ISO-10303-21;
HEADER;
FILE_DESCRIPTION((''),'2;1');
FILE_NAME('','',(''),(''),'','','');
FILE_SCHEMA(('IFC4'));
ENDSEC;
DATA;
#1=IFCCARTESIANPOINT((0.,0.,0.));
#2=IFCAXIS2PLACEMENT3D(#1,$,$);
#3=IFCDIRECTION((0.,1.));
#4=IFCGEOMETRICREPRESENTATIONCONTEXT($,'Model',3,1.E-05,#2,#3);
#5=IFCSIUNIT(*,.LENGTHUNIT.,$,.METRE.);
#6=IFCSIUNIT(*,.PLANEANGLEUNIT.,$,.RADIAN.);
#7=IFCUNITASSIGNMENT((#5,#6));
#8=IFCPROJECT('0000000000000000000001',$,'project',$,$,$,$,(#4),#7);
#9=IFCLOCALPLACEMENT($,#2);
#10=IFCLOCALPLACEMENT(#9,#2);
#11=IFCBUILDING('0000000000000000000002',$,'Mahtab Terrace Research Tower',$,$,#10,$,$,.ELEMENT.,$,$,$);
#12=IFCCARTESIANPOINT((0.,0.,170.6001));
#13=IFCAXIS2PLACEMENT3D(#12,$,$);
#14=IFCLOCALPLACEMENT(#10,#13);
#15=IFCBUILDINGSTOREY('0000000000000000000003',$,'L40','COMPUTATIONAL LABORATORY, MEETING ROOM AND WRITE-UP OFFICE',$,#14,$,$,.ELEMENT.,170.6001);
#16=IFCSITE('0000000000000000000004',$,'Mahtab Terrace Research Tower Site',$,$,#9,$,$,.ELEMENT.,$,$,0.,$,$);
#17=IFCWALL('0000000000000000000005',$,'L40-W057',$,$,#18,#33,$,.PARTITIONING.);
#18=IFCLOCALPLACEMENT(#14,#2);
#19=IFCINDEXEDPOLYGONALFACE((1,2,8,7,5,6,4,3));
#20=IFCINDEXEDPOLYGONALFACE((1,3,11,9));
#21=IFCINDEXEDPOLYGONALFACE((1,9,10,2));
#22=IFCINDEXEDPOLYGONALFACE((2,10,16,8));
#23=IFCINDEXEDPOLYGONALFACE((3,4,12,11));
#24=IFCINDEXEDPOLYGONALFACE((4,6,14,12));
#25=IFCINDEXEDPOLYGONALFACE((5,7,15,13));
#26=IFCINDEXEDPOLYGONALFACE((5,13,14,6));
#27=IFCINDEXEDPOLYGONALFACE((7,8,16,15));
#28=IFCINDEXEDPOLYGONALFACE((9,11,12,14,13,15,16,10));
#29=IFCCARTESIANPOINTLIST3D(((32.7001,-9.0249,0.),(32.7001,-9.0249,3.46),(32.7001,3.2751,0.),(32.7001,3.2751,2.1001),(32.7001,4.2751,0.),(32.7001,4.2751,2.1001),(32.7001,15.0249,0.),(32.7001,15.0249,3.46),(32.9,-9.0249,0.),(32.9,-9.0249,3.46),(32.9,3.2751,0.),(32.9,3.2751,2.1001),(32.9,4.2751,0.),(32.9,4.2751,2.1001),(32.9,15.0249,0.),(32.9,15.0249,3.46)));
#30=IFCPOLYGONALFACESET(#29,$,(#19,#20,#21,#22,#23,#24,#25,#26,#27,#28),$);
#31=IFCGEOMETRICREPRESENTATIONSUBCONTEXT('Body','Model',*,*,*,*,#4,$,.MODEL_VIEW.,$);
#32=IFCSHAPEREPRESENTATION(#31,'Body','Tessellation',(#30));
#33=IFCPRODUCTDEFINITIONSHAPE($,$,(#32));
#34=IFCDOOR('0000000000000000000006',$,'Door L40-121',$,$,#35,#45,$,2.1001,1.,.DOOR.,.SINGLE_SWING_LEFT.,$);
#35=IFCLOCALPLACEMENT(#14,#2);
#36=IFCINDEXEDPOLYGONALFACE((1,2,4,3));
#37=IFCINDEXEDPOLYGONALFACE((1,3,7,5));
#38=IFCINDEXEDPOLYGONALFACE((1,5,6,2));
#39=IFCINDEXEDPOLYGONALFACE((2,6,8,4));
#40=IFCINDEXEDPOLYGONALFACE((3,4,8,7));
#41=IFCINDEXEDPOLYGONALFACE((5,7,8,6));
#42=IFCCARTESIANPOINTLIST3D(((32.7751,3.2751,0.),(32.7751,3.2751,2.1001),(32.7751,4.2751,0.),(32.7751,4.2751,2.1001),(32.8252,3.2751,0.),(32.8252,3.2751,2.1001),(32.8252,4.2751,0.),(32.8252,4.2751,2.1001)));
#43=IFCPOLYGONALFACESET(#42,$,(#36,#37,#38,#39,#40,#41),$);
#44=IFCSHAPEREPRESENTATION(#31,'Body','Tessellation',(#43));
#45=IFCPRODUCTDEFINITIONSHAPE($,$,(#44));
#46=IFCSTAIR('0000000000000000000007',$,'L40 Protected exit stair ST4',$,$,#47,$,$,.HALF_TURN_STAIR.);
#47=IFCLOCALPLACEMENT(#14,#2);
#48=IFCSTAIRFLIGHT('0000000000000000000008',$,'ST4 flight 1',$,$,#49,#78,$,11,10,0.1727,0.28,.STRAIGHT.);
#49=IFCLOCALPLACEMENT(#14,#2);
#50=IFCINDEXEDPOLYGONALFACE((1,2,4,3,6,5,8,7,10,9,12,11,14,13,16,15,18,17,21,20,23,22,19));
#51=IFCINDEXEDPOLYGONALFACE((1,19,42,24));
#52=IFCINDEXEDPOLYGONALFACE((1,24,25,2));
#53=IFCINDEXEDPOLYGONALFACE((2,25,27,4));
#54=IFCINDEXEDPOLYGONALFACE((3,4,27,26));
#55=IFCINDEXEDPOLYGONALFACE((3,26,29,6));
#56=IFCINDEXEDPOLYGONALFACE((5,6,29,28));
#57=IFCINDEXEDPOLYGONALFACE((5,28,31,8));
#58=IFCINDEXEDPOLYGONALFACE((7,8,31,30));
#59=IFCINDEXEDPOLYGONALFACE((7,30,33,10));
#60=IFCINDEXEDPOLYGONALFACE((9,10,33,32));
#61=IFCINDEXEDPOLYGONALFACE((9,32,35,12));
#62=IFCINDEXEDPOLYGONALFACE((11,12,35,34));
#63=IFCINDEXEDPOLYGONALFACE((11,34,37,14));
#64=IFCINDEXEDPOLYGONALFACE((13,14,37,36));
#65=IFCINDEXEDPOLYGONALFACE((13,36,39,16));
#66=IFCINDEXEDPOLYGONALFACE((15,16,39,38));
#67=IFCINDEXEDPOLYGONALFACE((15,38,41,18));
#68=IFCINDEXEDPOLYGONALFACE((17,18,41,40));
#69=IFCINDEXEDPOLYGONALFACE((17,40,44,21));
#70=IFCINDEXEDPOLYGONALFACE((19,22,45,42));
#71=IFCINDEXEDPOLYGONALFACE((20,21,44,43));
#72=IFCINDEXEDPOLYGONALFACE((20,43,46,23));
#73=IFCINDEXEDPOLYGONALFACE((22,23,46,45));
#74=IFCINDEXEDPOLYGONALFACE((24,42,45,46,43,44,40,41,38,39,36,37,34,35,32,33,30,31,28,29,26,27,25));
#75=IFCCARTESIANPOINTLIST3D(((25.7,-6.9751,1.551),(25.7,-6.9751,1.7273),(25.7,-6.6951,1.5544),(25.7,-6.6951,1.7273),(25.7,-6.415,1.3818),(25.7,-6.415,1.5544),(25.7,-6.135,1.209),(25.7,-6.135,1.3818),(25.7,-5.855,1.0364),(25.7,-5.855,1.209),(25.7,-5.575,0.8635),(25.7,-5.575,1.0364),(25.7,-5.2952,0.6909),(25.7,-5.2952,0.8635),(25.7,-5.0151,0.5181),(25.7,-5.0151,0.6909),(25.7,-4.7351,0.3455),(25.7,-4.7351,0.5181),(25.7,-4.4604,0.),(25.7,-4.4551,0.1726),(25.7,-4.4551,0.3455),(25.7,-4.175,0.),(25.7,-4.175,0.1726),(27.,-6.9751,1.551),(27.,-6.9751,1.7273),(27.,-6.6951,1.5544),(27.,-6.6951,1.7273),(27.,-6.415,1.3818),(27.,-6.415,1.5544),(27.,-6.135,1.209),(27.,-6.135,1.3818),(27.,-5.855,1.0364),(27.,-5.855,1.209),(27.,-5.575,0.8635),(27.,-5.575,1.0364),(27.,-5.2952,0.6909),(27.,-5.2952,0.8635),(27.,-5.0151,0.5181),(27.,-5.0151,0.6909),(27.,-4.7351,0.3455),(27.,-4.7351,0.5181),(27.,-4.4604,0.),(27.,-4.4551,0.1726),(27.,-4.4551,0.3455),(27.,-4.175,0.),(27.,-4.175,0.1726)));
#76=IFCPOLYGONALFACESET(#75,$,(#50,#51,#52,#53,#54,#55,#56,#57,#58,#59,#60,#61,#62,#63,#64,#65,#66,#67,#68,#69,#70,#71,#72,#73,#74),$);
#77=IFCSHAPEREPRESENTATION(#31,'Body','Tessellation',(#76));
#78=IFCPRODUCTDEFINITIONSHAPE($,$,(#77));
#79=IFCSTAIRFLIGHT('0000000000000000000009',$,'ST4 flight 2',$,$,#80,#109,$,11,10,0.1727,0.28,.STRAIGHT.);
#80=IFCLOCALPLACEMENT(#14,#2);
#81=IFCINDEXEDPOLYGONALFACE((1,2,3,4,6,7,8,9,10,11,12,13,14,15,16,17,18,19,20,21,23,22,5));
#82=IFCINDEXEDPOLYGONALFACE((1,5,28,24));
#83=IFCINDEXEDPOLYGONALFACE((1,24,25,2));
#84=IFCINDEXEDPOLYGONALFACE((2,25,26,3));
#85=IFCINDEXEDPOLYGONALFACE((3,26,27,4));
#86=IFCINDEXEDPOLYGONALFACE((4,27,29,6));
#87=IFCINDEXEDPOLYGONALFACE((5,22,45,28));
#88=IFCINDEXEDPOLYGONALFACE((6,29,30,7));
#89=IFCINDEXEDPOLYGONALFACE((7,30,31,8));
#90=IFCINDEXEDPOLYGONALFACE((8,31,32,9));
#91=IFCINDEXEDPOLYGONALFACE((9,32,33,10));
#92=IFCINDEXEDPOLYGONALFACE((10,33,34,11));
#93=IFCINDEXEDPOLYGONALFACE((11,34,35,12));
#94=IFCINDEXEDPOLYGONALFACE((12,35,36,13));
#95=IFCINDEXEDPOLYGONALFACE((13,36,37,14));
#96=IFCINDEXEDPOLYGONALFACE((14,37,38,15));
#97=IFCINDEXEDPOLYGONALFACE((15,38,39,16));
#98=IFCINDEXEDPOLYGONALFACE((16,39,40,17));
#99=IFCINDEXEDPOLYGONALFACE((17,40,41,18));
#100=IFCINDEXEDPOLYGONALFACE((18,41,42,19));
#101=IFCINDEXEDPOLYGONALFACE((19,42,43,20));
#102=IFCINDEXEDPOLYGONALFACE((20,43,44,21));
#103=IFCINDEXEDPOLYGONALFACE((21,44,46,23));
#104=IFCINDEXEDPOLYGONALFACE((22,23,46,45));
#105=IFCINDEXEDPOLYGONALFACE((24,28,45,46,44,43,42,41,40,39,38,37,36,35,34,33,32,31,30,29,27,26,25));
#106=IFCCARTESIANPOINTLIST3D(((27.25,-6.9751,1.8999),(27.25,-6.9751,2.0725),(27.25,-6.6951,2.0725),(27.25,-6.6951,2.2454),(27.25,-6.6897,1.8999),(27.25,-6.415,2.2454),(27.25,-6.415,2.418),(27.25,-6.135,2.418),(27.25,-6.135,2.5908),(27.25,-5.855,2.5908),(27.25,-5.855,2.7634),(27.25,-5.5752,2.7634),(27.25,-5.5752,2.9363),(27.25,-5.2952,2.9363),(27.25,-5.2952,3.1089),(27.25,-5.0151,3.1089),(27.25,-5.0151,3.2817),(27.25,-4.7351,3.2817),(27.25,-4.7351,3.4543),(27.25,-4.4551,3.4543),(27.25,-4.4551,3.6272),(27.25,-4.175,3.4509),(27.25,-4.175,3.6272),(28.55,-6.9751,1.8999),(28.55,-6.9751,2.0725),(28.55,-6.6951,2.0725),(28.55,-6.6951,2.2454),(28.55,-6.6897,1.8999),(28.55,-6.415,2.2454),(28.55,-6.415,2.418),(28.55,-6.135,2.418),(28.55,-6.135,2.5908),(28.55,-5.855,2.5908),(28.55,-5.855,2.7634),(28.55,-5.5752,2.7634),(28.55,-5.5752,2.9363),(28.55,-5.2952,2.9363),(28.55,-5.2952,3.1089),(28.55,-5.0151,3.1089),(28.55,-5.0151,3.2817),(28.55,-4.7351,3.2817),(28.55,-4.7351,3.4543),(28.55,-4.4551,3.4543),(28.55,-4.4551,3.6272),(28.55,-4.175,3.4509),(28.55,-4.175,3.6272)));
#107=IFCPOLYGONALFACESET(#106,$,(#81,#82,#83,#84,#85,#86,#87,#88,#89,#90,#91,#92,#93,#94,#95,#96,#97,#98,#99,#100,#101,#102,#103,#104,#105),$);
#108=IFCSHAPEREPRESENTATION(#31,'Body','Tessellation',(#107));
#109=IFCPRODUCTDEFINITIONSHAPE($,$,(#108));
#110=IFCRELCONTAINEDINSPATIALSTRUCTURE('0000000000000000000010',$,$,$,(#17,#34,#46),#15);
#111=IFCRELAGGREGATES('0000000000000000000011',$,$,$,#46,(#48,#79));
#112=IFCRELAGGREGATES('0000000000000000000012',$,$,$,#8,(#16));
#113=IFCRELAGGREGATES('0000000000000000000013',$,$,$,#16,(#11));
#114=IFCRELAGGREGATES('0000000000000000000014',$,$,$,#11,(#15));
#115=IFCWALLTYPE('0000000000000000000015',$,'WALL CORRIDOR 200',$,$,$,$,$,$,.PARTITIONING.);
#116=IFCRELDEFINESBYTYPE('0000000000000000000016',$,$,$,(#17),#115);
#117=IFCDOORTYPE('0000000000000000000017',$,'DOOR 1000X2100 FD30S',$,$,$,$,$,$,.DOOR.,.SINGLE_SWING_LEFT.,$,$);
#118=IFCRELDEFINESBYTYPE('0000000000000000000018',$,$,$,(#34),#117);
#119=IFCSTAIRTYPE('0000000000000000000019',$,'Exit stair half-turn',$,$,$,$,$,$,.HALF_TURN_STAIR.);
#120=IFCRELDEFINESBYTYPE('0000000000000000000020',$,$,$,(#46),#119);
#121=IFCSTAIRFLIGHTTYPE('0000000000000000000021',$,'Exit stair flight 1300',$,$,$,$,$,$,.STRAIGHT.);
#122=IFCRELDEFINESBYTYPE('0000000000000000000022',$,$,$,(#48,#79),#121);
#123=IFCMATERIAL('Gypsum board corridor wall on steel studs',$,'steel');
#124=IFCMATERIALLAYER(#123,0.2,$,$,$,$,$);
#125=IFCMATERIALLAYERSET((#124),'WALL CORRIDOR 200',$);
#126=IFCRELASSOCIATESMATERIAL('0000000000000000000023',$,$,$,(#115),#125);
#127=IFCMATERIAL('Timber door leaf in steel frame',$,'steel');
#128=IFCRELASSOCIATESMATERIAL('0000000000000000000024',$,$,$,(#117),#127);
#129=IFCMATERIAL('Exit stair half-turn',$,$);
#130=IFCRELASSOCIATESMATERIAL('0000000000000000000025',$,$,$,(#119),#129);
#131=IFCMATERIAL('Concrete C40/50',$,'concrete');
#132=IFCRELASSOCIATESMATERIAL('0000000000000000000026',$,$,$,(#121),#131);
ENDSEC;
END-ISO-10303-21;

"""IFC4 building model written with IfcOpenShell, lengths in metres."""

from ifc_helpers import new_model, si_unit, direction, frame, frame_2d, origin, place, context, subcontext, project, spatial, polyline, rectangle, outline, extrude, material, layer, layer_set, type_object, element, fill, aggregate, save


model = new_model("IFC4")

# Units and contexts
model_context = context("Model", 3, precision=1e-05, world=origin(), true_north=direction((0.0, 1.0)))
body_context = subcontext(model_context, "Body", "Model", "MODEL_VIEW")
ifc_project = project(units=[si_unit("LENGTHUNIT", "METRE"), si_unit("PLANEANGLEUNIT", "RADIAN")], contexts=[model_context])

# Site, building, storey
site_placement = place(None, origin())
site = spatial("IfcSite", under=ifc_project, at=site_placement, Name="Mahtab Terrace Research Tower Site", CompositionType="ELEMENT", RefElevation=0.0)
building_placement = place(site_placement, origin())
building = spatial("IfcBuilding", under=site, at=building_placement, Name="Mahtab Terrace Research Tower", CompositionType="ELEMENT")
storey_placement = place(building_placement, frame((0.0, 0.0, 170.6001)))
storey = spatial("IfcBuildingStorey", under=building, at=storey_placement, Name="L40", Description="COMPUTATIONAL LABORATORY, MEETING ROOM AND WRITE-UP OFFICE", CompositionType="ELEMENT", Elevation=170.6001)

# Wall, opening, door
ifc_material_1 = material(Name="Gypsum board corridor wall on steel studs", Category="steel")
ifc_layer_1 = layer(ifc_material_1, 0.2)
ifc_layer_set_1 = layer_set([ifc_layer_1], Name="WALL CORRIDOR 200")
wall_type_1 = type_object("IfcWallType", Name="WALL CORRIDOR 200", PredefinedType="PARTITIONING", material=ifc_layer_set_1)
ifc_material_2 = material(Name="Timber door leaf in steel frame", Category="steel")
wall_1_placement = place(storey_placement, frame((32.8, -9.0249, 0.0), z_axis=(0.0, 0.0, 1.0), x_axis=(0.0, 1.0, 0.0)))
wall_1 = element("IfcWall", 1, at=wall_1_placement, inside=storey, type_object=wall_type_1, Name="L40-W057", PredefinedType="PARTITIONING", context=body_context, shape_type="SweptSolid", body=[
    extrude(rectangle(XDim=24.0498, YDim=0.2, at=frame_2d((12.0249, 0.0))), origin(), (0.0, 0.0, 1.0), 3.46),
])
opening_1_placement = place(wall_1_placement, frame((12.3, 0.0, 0.0)))
opening_1 = element("IfcOpeningElement", 2, at=opening_1_placement, cuts=wall_1, PredefinedType="OPENING", context=body_context, shape_type="SweptSolid", body=[
    extrude(rectangle(XDim=1.0, YDim=2.1001, at=frame_2d((0.5, 1.05))), frame((0.0, 0.1099, 0.0), z_axis=(0.0, -1.0, 0.0), x_axis=(1.0, 0.0, 0.0)), (0.0, 0.0, 1.0), 0.22),
])
door_type_1 = type_object("IfcDoorType", Name="DOOR 1000X2100 FD30S", OperationType="SINGLE_SWING_LEFT", PredefinedType="DOOR", material=ifc_material_2)
door_1_placement = place(opening_1_placement, origin())
door_1 = element("IfcDoor", 3, at=door_1_placement, inside=storey, type_object=door_type_1, Name="Door L40-121", OperationType="SINGLE_SWING_LEFT", OverallHeight=2.1001, OverallWidth=1.0, PredefinedType="DOOR", context=body_context, shape_type="SweptSolid", body=[
    extrude(rectangle(XDim=1.0, YDim=2.1001, at=frame_2d((0.5, 1.05))), frame((0.0, 0.0249, 0.0), z_axis=(0.0, -1.0, 0.0), x_axis=(1.0, 0.0, 0.0)), (0.0, 0.0, 1.0), 0.05),
])
fill(opening_1, door_1)

# Stair, stair flights
ifc_material_3 = material(Name="Exit stair half-turn")
stair_type = type_object("IfcStairType", Name="Exit stair half-turn", PredefinedType="HALF_TURN_STAIR", material=ifc_material_3)
stair_placement = place(storey_placement, origin())
stair = element("IfcStair", 4, at=stair_placement, inside=storey, type_object=stair_type, Name="L40 Protected exit stair ST4", PredefinedType="HALF_TURN_STAIR")
ifc_material_4 = material(Name="Concrete C40/50", Category="concrete")
stair_flight_type = type_object("IfcStairFlightType", Name="Exit stair flight 1300", PredefinedType="STRAIGHT", material=ifc_material_4)
stair_flight_1_placement = place(storey_placement, frame((26.3501, -4.175, 0.0), z_axis=(0.0, 0.0, 1.0), x_axis=(0.0, -1.0, 0.0)))
stair_flight_1 = element("IfcStairFlight", 5, at=stair_flight_1_placement, type_object=stair_flight_type, Name="ST4 flight 1", NumberOfRisers=11, NumberOfTreads=10, PredefinedType="STRAIGHT", RiserHeight=0.1727, TreadLength=0.28, context=body_context, shape_type="SweptSolid", body=[
    extrude(outline(polyline([(0.0, 0.0), (0.0, 0.1726), (0.28, 0.1726), (0.28, 0.3455), (0.5601, 0.3455), (0.5601, 0.5181), (0.8401, 0.5181), (0.8401, 0.6909), (1.1201, 0.6909), (1.1201, 0.8635), (1.3999, 0.8635), (1.3999, 1.0364), (1.6799, 1.0364), (1.6799, 1.209), (1.96, 1.209), (1.96, 1.3818), (2.24, 1.3818), (2.24, 1.5544), (2.52, 1.5544), (2.52, 1.7273), (2.8, 1.7273), (2.8, 1.8999), (2.8, 1.551), (0.2854, 0.0), (0.0, 0.0)])), frame((0.0, 0.6499, 0.0), z_axis=(0.0, -1.0, 0.0), x_axis=(1.0, 0.0, 0.0)), (0.0, 0.0, 1.0), 1.3),
])
stair_flight_2_placement = place(storey_placement, frame((27.8999, -6.9751, 1.8999), z_axis=(0.0, 0.0, 1.0), x_axis=(0.0, 1.0, 0.0)))
stair_flight_2 = element("IfcStairFlight", 6, at=stair_flight_2_placement, type_object=stair_flight_type, Name="ST4 flight 2", NumberOfRisers=11, NumberOfTreads=10, PredefinedType="STRAIGHT", RiserHeight=0.1727, TreadLength=0.28, context=body_context, shape_type="SweptSolid", body=[
    extrude(outline(polyline([(0.0, 0.0), (0.0, 0.1726), (0.28, 0.1726), (0.28, 0.3455), (0.5601, 0.3455), (0.5601, 0.5181), (0.8401, 0.5181), (0.8401, 0.6909), (1.1201, 0.6909), (1.1201, 0.8635), (1.3999, 0.8635), (1.3999, 1.0364), (1.6799, 1.0364), (1.6799, 1.209), (1.96, 1.209), (1.96, 1.3818), (2.24, 1.3818), (2.24, 1.5544), (2.52, 1.5544), (2.52, 1.7273), (2.8, 1.7273), (2.8, 1.8999), (2.8, 1.551), (0.2854, 0.0), (0.0, 0.0)])), frame((0.0, 0.6499, 0.0), z_axis=(0.0, -1.0, 0.0), x_axis=(1.0, 0.0, 0.0)), (0.0, 0.0, 1.0), 1.3),
])
aggregate(stair, [stair_flight_1, stair_flight_2])

save(model, "model.ifc")
